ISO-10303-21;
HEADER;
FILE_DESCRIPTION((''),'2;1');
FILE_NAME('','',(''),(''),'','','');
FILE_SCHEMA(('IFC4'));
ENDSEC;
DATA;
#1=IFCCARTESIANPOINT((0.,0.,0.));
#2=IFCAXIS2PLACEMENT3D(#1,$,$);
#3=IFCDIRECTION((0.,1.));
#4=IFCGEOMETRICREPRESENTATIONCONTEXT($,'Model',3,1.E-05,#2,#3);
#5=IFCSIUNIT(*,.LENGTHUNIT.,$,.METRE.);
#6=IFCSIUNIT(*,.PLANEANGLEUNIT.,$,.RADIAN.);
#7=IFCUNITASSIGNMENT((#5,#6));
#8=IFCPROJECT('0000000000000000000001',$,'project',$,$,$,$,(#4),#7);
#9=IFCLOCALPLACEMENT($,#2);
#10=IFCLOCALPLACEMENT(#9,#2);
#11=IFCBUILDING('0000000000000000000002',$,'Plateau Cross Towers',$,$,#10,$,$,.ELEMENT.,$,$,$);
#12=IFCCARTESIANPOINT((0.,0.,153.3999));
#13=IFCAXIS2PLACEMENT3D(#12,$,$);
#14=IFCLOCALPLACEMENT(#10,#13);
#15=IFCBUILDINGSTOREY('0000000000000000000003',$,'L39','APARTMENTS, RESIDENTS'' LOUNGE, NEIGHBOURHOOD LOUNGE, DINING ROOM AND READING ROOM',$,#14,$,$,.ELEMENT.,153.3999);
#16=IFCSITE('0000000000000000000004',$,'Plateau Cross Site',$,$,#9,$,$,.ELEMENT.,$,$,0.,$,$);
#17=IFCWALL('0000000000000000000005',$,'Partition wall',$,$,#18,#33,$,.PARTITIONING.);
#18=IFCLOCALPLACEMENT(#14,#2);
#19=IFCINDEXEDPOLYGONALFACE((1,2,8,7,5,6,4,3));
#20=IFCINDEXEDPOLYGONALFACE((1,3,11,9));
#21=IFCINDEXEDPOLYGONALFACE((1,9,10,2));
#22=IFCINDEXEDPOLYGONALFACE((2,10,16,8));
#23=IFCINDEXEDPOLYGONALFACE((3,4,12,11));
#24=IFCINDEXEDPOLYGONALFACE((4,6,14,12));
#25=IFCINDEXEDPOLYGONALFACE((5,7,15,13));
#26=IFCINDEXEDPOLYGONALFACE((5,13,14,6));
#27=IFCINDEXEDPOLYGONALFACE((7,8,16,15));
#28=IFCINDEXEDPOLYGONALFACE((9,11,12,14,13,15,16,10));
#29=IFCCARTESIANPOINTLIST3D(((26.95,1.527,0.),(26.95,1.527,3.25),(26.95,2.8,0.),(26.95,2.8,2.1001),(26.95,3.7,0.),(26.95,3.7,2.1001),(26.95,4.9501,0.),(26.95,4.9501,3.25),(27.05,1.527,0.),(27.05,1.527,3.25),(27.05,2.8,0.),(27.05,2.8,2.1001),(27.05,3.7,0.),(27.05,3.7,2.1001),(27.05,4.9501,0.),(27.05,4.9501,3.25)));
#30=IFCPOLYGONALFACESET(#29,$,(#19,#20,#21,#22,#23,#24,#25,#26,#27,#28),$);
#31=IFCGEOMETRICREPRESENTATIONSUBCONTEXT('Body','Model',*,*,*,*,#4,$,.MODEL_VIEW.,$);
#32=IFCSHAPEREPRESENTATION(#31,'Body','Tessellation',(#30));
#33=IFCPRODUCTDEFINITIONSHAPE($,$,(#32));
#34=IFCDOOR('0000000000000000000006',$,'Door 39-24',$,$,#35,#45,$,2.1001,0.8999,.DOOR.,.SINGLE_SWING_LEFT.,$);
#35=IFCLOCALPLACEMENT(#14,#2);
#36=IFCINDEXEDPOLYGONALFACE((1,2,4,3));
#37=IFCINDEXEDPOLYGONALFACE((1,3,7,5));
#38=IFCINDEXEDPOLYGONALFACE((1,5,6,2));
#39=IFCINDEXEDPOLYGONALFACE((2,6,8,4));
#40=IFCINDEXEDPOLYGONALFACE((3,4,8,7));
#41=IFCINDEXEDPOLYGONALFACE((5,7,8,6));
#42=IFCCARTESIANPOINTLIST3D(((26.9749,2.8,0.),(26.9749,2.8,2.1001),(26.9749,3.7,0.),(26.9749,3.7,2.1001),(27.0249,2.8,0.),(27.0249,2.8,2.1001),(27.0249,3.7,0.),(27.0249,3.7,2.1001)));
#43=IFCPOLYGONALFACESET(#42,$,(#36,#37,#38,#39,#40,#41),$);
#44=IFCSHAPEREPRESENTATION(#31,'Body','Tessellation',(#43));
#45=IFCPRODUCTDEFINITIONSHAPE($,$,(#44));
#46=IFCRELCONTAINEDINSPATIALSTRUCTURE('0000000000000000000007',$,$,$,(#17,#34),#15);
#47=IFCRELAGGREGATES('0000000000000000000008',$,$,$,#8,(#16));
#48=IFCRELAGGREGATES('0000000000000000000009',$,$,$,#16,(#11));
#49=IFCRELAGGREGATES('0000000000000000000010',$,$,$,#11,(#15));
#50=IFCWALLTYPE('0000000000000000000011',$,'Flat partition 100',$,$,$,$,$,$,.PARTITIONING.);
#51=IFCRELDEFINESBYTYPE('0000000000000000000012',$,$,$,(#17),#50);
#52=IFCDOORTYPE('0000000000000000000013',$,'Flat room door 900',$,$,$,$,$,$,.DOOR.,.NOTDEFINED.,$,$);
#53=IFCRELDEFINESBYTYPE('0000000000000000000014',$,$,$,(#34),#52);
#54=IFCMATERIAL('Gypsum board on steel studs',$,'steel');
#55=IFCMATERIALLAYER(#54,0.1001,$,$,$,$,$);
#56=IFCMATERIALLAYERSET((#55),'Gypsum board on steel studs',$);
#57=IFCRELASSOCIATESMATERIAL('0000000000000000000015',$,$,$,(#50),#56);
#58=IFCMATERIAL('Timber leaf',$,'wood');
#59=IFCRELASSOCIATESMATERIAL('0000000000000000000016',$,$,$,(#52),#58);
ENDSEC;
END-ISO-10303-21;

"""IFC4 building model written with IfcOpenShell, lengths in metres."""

from ifc_helpers import new_model, si_unit, direction, frame, frame_2d, origin, place, context, subcontext, project, spatial, rectangle, extrude, material, layer, layer_set, type_object, element, fill, save


model = new_model("IFC4")

# Units and contexts
model_context = context("Model", 3, precision=1e-05, world=origin(), true_north=direction((0.0, 1.0)))
body_context = subcontext(model_context, "Body", "Model", "MODEL_VIEW")
ifc_project = project(units=[si_unit("LENGTHUNIT", "METRE"), si_unit("PLANEANGLEUNIT", "RADIAN")], contexts=[model_context])

# Site, building, storey
site_placement = place(None, origin())
site = spatial("IfcSite", under=ifc_project, at=site_placement, Name="Plateau Cross Site", CompositionType="ELEMENT", RefElevation=0.0)
building_placement = place(site_placement, origin())
building = spatial("IfcBuilding", under=site, at=building_placement, Name="Plateau Cross Towers", CompositionType="ELEMENT")
storey_placement = place(building_placement, frame((0.0, 0.0, 153.3999)))
storey = spatial("IfcBuildingStorey", under=building, at=storey_placement, Name="L39", Description="APARTMENTS, RESIDENTS' LOUNGE, NEIGHBOURHOOD LOUNGE, DINING ROOM AND READING ROOM", CompositionType="ELEMENT", Elevation=153.3999)

# Shared definitions
ifc_material_1 = material(Name="Gypsum board on steel studs", Category="steel")
ifc_layer_1 = layer(ifc_material_1, 0.1001)
ifc_layer_set_1 = layer_set([ifc_layer_1], Name="Gypsum board on steel studs")
wall_type_1 = type_object("IfcWallType", Name="Flat partition 100", PredefinedType="PARTITIONING", material=ifc_layer_set_1)

# Wall, opening, door
ifc_material_2 = material(Name="Timber leaf", Category="wood")
door_type_1 = type_object("IfcDoorType", Name="Flat room door 900", OperationType="NOTDEFINED", PredefinedType="DOOR", material=ifc_material_2)
wall_1_placement = place(storey_placement, frame((27.0, 4.95, 0.0), z_axis=(0.0, 0.0, 1.0), x_axis=(0.0, -1.0, 0.0)))
wall_1 = element("IfcWall", 1, at=wall_1_placement, inside=storey, type_object=wall_type_1, Name="Partition wall", PredefinedType="PARTITIONING", context=body_context, shape_type="SweptSolid", body=[
    extrude(rectangle(XDim=3.4231, YDim=0.1001, at=frame_2d((1.7114, 0.0))), origin(), (0.0, 0.0, 1.0), 3.25),
])
opening_1_placement = place(wall_1_placement, frame((1.25, 0.0, 0.0)))
opening_1 = element("IfcOpeningElement", 2, at=opening_1_placement, cuts=wall_1, PredefinedType="OPENING", context=body_context, shape_type="SweptSolid", body=[
    extrude(rectangle(XDim=0.8999, YDim=2.1001, at=frame_2d((0.45, 1.05))), frame((0.0, 0.0601, 0.0), z_axis=(0.0, -1.0, 0.0), x_axis=(1.0, 0.0, 0.0)), (0.0, 0.0, 1.0), 0.1201),
])
door_1_placement = place(opening_1_placement, origin())
door_1 = element("IfcDoor", 3, at=door_1_placement, inside=storey, type_object=door_type_1, Name="Door 39-24", OperationType="SINGLE_SWING_LEFT", OverallHeight=2.1001, OverallWidth=0.8999, PredefinedType="DOOR", context=body_context, shape_type="SweptSolid", body=[
    extrude(rectangle(XDim=0.8999, YDim=2.1001, at=frame_2d((0.45, 1.05))), frame((0.0, 0.0249, 0.0), z_axis=(0.0, -1.0, 0.0), x_axis=(1.0, 0.0, 0.0)), (0.0, 0.0, 1.0), 0.05),
])
fill(opening_1, door_1)

save(model, "model.ifc")
